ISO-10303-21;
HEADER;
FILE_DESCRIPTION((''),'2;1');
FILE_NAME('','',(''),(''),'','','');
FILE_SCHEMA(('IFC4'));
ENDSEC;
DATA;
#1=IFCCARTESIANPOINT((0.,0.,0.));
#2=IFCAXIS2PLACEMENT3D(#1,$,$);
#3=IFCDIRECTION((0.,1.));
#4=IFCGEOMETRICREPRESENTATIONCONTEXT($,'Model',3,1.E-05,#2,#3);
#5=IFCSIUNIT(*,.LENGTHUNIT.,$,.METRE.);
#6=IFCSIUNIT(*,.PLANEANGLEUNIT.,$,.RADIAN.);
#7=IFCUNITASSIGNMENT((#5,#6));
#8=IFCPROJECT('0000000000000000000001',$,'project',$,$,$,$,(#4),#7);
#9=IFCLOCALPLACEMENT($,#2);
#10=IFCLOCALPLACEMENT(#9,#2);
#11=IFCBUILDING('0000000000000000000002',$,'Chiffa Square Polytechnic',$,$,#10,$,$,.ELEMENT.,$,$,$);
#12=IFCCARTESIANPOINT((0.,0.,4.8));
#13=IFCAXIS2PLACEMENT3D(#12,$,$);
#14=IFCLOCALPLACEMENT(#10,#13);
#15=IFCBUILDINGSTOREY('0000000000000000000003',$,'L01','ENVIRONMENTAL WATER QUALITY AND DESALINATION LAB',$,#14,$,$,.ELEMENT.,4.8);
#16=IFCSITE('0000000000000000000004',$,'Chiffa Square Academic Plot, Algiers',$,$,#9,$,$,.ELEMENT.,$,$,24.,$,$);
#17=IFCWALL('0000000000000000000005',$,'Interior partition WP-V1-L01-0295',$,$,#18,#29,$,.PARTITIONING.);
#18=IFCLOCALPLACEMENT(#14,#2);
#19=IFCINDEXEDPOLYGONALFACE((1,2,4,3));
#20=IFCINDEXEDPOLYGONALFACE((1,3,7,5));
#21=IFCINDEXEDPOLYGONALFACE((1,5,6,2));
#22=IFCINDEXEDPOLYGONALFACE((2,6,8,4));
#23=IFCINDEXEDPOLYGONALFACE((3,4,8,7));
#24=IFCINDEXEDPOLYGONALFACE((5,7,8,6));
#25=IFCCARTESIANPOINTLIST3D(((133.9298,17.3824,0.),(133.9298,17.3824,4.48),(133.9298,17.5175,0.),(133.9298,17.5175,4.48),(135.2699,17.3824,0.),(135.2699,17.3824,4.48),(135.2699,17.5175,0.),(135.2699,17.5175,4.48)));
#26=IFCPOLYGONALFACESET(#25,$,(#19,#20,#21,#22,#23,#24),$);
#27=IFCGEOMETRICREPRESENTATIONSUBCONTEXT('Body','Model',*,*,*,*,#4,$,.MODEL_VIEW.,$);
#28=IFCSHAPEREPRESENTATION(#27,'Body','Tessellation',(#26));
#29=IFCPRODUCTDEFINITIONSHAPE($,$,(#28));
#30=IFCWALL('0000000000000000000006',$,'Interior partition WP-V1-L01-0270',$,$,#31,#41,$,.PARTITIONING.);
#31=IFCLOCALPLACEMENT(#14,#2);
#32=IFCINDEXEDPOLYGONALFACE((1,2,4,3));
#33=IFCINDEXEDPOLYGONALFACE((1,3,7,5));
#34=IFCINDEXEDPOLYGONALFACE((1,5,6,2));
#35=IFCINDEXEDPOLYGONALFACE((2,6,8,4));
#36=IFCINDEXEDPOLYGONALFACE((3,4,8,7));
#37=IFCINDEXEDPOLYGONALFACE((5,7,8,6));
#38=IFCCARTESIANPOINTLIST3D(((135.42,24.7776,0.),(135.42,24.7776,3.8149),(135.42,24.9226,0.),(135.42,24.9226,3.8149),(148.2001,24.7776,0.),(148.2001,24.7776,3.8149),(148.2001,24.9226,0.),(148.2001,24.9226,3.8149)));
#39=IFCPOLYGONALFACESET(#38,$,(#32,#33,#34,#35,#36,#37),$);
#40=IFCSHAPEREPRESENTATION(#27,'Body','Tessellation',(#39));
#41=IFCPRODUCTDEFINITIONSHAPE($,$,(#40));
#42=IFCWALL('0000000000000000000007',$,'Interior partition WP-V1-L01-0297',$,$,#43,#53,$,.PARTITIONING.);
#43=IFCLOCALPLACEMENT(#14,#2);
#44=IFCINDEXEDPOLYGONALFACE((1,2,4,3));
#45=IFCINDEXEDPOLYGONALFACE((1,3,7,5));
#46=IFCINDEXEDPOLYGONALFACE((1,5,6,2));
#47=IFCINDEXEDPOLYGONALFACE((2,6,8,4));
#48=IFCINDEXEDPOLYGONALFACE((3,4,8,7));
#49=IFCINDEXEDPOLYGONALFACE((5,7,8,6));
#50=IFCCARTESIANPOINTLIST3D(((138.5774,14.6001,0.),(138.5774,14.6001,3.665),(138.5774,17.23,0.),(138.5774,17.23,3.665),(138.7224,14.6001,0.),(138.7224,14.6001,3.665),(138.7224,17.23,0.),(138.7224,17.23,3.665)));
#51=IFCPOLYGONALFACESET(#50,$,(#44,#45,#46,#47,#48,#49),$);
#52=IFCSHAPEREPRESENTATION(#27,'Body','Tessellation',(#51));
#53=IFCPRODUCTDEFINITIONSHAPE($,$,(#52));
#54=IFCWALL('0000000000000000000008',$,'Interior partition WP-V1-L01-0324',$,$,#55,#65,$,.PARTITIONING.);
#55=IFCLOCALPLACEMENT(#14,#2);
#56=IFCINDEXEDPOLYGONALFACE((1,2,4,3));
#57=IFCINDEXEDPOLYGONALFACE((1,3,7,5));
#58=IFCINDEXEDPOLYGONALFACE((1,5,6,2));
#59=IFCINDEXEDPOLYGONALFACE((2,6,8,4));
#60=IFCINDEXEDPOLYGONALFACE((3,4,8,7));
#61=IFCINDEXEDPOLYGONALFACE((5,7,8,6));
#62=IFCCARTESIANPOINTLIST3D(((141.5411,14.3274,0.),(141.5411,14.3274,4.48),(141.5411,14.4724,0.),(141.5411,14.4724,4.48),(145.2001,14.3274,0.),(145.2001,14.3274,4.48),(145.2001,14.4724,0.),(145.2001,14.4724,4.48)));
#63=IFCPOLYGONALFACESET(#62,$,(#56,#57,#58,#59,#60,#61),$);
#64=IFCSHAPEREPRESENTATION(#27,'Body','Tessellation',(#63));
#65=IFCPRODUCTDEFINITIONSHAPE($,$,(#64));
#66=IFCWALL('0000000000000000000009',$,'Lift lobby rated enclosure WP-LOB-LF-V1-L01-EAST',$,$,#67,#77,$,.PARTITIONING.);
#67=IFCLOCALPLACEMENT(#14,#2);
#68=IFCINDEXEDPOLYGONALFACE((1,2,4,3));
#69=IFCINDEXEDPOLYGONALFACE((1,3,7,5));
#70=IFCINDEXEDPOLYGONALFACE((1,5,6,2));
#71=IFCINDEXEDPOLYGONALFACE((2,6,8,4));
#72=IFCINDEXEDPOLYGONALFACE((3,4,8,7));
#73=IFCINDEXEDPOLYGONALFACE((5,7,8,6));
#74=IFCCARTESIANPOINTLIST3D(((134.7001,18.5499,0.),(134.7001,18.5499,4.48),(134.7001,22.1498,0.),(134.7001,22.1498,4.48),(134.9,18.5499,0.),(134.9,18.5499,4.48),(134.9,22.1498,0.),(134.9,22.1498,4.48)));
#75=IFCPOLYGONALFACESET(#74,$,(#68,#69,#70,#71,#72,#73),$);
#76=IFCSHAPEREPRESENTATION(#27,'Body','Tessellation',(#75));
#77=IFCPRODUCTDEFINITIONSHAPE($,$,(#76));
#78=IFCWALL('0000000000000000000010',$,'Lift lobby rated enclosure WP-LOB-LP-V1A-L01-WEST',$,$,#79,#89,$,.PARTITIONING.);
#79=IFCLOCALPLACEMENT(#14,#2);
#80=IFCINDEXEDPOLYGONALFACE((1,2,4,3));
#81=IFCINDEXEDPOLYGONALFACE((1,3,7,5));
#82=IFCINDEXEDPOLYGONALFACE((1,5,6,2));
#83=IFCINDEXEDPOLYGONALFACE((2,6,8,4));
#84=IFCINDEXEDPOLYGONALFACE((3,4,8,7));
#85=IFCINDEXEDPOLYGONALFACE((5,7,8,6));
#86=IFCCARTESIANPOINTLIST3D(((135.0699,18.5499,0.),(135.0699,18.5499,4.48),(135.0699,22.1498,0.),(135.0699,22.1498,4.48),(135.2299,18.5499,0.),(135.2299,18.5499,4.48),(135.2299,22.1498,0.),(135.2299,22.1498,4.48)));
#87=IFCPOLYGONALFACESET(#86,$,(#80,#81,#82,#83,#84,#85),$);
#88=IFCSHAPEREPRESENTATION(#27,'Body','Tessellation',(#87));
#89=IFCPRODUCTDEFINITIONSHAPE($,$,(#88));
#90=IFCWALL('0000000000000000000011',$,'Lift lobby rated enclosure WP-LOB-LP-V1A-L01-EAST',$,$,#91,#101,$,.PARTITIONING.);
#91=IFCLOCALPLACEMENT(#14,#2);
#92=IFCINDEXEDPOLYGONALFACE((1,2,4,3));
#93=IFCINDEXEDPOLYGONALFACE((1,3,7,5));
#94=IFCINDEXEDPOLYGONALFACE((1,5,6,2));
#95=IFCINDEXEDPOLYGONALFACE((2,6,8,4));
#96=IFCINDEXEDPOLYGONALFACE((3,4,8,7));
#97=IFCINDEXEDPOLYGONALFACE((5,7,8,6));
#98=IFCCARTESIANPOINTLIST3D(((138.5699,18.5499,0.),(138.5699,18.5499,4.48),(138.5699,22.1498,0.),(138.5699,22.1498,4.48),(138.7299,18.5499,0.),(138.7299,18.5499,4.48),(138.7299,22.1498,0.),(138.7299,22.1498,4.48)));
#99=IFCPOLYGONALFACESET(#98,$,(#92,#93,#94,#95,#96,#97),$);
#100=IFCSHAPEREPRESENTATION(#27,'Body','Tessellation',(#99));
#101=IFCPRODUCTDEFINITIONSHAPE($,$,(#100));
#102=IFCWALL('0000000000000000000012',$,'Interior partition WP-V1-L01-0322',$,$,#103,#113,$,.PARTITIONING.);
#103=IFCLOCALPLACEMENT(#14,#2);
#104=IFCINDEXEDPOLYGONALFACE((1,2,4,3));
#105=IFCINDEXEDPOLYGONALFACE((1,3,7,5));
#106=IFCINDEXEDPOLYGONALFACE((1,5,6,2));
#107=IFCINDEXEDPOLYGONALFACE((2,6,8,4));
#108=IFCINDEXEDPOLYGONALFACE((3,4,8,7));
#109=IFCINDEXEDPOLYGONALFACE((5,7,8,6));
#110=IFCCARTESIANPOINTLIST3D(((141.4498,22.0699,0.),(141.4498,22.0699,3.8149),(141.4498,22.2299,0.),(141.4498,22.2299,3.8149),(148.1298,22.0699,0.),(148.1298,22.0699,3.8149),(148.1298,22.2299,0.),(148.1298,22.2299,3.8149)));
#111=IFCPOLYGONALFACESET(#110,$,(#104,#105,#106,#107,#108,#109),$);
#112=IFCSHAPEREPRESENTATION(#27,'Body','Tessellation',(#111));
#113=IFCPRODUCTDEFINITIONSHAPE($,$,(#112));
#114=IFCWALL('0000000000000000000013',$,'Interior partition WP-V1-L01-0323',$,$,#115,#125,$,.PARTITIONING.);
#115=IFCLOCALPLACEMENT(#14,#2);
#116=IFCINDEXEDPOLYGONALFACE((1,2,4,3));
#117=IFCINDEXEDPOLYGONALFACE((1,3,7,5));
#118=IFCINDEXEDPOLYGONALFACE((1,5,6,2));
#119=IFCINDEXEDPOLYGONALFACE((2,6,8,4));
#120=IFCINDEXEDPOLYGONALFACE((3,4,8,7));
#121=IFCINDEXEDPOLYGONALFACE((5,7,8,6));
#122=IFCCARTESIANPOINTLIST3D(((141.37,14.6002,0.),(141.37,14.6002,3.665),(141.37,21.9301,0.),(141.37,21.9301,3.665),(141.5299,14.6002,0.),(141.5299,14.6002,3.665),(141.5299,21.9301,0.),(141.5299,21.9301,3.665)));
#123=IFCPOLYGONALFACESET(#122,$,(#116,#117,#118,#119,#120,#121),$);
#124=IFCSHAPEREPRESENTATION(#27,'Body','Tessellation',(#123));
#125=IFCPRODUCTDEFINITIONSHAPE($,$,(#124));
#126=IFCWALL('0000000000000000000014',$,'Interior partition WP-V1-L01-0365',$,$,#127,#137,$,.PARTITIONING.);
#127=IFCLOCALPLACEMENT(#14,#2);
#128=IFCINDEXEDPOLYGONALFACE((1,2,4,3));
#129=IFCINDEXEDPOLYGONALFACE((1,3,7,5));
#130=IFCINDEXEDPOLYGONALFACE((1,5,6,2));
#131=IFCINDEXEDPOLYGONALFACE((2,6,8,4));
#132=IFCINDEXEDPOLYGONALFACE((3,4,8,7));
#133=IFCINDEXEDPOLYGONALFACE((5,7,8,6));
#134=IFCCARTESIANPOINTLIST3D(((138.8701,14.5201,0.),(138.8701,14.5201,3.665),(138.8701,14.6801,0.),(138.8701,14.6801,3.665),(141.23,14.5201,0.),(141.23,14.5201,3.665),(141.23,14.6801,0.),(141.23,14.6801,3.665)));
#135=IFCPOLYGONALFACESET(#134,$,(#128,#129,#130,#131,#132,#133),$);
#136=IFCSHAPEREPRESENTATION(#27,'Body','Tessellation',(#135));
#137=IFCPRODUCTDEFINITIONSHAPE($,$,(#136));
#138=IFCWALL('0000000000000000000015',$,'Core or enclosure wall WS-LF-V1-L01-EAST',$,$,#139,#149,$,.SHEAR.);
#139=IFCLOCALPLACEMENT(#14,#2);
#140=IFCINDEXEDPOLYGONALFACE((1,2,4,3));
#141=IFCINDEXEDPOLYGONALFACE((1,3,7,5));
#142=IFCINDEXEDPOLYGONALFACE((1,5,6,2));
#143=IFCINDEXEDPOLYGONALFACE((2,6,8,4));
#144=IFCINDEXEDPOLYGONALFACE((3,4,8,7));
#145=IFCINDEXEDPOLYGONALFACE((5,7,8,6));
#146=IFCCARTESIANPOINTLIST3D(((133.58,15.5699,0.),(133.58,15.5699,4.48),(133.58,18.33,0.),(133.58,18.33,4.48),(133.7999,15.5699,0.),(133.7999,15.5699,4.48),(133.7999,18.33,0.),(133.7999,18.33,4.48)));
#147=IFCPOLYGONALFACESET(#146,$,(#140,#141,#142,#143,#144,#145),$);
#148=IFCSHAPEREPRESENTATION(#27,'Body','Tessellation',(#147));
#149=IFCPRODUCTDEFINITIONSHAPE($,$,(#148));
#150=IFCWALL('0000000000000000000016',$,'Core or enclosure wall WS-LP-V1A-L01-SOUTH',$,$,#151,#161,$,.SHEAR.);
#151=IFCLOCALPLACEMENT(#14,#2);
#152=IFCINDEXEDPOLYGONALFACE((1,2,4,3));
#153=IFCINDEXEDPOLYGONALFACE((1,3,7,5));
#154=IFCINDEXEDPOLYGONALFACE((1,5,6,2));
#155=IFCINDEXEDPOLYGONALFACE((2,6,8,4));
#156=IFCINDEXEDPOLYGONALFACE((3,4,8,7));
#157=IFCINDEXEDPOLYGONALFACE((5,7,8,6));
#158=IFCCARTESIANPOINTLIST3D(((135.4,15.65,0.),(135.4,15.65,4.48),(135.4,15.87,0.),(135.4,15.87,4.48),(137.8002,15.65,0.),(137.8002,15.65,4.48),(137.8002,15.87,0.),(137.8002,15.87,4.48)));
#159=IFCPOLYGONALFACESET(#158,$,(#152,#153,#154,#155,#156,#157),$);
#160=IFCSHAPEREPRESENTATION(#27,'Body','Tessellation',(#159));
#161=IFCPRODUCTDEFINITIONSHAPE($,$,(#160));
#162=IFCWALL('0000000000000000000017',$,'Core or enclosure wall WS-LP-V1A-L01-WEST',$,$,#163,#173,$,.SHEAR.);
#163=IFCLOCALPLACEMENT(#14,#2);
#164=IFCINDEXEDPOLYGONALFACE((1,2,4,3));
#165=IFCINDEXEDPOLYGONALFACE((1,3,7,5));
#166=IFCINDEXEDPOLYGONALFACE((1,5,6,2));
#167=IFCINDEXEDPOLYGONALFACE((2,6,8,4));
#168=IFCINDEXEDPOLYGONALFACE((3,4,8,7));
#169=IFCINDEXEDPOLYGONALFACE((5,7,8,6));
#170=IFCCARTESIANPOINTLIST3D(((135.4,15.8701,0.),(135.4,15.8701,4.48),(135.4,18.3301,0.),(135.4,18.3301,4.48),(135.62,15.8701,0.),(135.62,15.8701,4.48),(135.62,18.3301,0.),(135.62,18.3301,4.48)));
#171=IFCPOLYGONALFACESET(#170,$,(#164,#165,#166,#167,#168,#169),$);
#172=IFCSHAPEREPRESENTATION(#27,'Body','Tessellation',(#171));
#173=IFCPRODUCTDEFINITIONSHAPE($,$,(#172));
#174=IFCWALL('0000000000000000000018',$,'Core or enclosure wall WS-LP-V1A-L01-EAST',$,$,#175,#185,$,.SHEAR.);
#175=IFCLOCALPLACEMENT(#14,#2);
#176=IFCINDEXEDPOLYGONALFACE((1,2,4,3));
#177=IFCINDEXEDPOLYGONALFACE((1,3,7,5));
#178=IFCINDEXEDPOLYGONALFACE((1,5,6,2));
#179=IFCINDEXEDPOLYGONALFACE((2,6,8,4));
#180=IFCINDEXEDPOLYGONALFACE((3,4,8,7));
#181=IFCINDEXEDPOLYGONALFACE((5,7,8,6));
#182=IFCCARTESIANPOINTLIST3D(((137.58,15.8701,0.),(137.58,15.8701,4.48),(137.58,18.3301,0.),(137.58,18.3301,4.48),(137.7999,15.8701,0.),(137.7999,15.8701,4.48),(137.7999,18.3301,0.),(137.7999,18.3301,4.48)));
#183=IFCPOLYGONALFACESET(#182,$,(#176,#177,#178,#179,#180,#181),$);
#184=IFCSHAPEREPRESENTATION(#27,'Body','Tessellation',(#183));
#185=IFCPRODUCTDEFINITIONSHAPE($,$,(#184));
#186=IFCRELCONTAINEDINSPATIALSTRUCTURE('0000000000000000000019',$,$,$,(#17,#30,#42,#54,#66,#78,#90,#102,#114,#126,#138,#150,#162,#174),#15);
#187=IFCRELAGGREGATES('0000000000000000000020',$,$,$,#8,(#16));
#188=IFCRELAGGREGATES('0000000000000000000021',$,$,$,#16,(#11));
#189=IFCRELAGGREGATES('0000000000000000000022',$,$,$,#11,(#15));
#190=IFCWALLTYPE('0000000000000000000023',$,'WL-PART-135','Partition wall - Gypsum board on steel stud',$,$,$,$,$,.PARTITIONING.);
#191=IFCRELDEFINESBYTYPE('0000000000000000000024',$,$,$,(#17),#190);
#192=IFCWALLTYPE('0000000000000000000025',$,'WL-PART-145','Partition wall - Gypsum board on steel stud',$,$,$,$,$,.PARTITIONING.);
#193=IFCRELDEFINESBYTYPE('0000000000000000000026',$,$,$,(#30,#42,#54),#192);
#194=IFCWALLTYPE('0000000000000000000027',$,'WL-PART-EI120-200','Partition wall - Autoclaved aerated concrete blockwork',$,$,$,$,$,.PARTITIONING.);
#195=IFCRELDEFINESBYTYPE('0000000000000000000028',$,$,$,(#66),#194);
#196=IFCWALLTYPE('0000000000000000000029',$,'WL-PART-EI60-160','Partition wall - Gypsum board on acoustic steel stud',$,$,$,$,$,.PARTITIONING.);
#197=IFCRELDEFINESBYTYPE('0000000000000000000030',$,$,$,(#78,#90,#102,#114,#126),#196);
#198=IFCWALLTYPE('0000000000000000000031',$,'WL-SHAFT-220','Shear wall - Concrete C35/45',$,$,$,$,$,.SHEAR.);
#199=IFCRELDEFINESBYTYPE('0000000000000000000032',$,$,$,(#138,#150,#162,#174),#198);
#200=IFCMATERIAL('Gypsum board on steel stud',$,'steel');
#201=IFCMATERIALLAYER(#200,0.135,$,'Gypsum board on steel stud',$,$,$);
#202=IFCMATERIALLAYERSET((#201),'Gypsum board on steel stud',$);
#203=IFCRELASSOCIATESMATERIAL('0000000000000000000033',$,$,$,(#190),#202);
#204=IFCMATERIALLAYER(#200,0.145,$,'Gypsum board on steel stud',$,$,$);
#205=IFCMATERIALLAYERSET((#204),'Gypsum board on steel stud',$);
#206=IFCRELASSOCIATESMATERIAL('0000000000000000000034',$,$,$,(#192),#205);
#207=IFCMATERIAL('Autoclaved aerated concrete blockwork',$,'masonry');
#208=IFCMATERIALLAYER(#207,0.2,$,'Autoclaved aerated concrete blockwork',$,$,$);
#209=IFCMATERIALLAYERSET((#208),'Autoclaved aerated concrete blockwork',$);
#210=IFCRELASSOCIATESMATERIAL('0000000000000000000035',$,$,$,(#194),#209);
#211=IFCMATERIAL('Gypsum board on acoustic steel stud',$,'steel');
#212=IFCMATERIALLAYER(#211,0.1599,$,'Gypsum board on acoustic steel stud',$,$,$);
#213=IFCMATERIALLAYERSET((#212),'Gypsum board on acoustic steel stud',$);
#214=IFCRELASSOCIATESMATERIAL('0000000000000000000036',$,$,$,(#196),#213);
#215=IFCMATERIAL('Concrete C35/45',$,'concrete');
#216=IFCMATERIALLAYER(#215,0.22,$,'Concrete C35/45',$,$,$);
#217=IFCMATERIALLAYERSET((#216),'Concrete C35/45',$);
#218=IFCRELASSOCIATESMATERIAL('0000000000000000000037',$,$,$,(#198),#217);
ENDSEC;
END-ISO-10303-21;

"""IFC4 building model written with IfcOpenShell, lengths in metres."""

from ifc_helpers import new_model, si_unit, direction, frame, frame_2d, origin, place, context, subcontext, project, spatial, rectangle, extrude, material, layer, layer_set, type_object, element, save


model = new_model("IFC4")

# Units and contexts
model_context = context("Model", 3, precision=1e-05, world=origin(), true_north=direction((0.0, 1.0)))
body_context = subcontext(model_context, "Body", "Model", "MODEL_VIEW")
ifc_project = project(units=[si_unit("LENGTHUNIT", "METRE"), si_unit("PLANEANGLEUNIT", "RADIAN")], contexts=[model_context])

# Site, building, storey
site_placement = place(None, origin())
site = spatial("IfcSite", under=ifc_project, at=site_placement, Name="Chiffa Square Academic Plot, Algiers", CompositionType="ELEMENT", RefElevation=24.0)
building_placement = place(site_placement, origin())
building = spatial("IfcBuilding", under=site, at=building_placement, Name="Chiffa Square Polytechnic", CompositionType="ELEMENT")
storey_placement = place(building_placement, frame((0.0, 0.0, 4.8)))
storey = spatial("IfcBuildingStorey", under=building, at=storey_placement, Name="L01", Description="ENVIRONMENTAL WATER QUALITY AND DESALINATION LAB", CompositionType="ELEMENT", Elevation=4.8)

# Shared definitions
ifc_material_1 = material(Name="Concrete C35/45", Category="concrete")

# Shared definitions
ifc_material_2 = material(Name="Gypsum board on steel stud", Category="steel")

# Walls
ifc_layer_1 = layer(ifc_material_2, 0.135, Name="Gypsum board on steel stud")
ifc_layer_set_1 = layer_set([ifc_layer_1], Name="Gypsum board on steel stud")
wall_type_1 = type_object("IfcWallType", Name="WL-PART-135", Description="Partition wall - Gypsum board on steel stud", PredefinedType="PARTITIONING", material=ifc_layer_set_1)
wall_1_placement = place(storey_placement, frame((133.9299, 17.45, 0.0), z_axis=(0.0, 0.0, 1.0), x_axis=(1.0, 0.0, 0.0)))
element("IfcWall", 1, at=wall_1_placement, inside=storey, type_object=wall_type_1, Name="Interior partition WP-V1-L01-0295", PredefinedType="PARTITIONING", context=body_context, shape_type="SweptSolid", body=[
    extrude(rectangle(XDim=1.3401, YDim=0.135, at=frame_2d((0.6699, 0.0))), origin(), (0.0, 0.0, 1.0), 4.48),
])
ifc_layer_2 = layer(ifc_material_2, 0.145, Name="Gypsum board on steel stud")
ifc_layer_set_2 = layer_set([ifc_layer_2], Name="Gypsum board on steel stud")
wall_type_2 = type_object("IfcWallType", Name="WL-PART-145", Description="Partition wall - Gypsum board on steel stud", PredefinedType="PARTITIONING", material=ifc_layer_set_2)
wall_2_placement = place(storey_placement, frame((135.4199, 24.8501, 0.0), z_axis=(0.0, 0.0, 1.0), x_axis=(1.0, 0.0, 0.0)))
element("IfcWall", 2, at=wall_2_placement, inside=storey, type_object=wall_type_2, Name="Interior partition WP-V1-L01-0270", PredefinedType="PARTITIONING", context=body_context, shape_type="SweptSolid", body=[
    extrude(rectangle(XDim=12.78, YDim=0.145, at=frame_2d((6.3901, 0.0))), origin(), (0.0, 0.0, 1.0), 3.8149),
])
wall_3_placement = place(storey_placement, frame((138.6499, 14.6001, 0.0), z_axis=(0.0, 0.0, 1.0), x_axis=(0.0, 1.0, 0.0)))
element("IfcWall", 3, at=wall_3_placement, inside=storey, type_object=wall_type_2, Name="Interior partition WP-V1-L01-0297", PredefinedType="PARTITIONING", context=body_context, shape_type="SweptSolid", body=[
    extrude(rectangle(XDim=2.6299, YDim=0.145, at=frame_2d((1.3149, 0.0))), origin(), (0.0, 0.0, 1.0), 3.665),
])
wall_4_placement = place(storey_placement, frame((141.541, 14.3999, 0.0), z_axis=(0.0, 0.0, 1.0), x_axis=(1.0, 0.0, 0.0)))
element("IfcWall", 4, at=wall_4_placement, inside=storey, type_object=wall_type_2, Name="Interior partition WP-V1-L01-0324", PredefinedType="PARTITIONING", context=body_context, shape_type="SweptSolid", body=[
    extrude(rectangle(XDim=3.6589, YDim=0.145, at=frame_2d((1.8296, 0.0))), origin(), (0.0, 0.0, 1.0), 4.48),
])
ifc_material_3 = material(Name="Autoclaved aerated concrete blockwork", Category="masonry")
ifc_layer_3 = layer(ifc_material_3, 0.2, Name="Autoclaved aerated concrete blockwork")
ifc_layer_set_3 = layer_set([ifc_layer_3], Name="Autoclaved aerated concrete blockwork")
wall_type_3 = type_object("IfcWallType", Name="WL-PART-EI120-200", Description="Partition wall - Autoclaved aerated concrete blockwork", PredefinedType="PARTITIONING", material=ifc_layer_set_3)
wall_5_placement = place(storey_placement, frame((134.8, 18.55, 0.0), z_axis=(0.0, 0.0, 1.0), x_axis=(0.0, 1.0, 0.0)))
element("IfcWall", 5, at=wall_5_placement, inside=storey, type_object=wall_type_3, Name="Lift lobby rated enclosure WP-LOB-LF-V1-L01-EAST", PredefinedType="PARTITIONING", context=body_context, shape_type="SweptSolid", body=[
    extrude(rectangle(XDim=3.5999, YDim=0.2, at=frame_2d((1.7998, 0.0))), origin(), (0.0, 0.0, 1.0), 4.48),
])

# Shared definitions
ifc_material_4 = material(Name="Gypsum board on acoustic steel stud", Category="steel")
ifc_layer_4 = layer(ifc_material_4, 0.1599, Name="Gypsum board on acoustic steel stud")
ifc_layer_set_4 = layer_set([ifc_layer_4], Name="Gypsum board on acoustic steel stud")
wall_type_4 = type_object("IfcWallType", Name="WL-PART-EI60-160", Description="Partition wall - Gypsum board on acoustic steel stud", PredefinedType="PARTITIONING", material=ifc_layer_set_4)

# Walls
for number, where, z_axis, x_axis, name in (
    (6, (135.1499, 18.55, 0.0), (0.0, 0.0, 1.0), (0.0, 1.0, 0.0), "Lift lobby rated enclosure WP-LOB-LP-V1A-L01-WEST"),
    (7, (138.6499, 18.55, 0.0), (0.0, 0.0, 1.0), (0.0, 1.0, 0.0), "Lift lobby rated enclosure WP-LOB-LP-V1A-L01-EAST"),
):
    element("IfcWall", number, at=place(storey_placement, frame(where, z_axis=z_axis, x_axis=x_axis)), inside=storey, type_object=wall_type_4, Name=name, PredefinedType="PARTITIONING", context=body_context, shape_type="SweptSolid", body=[
        extrude(rectangle(XDim=3.5999, YDim=0.1599, at=frame_2d((1.7998, 0.0))), origin(), (0.0, 0.0, 1.0), 4.48),
    ])
wall_6_placement = place(storey_placement, frame((141.45, 22.1499, 0.0), z_axis=(0.0, 0.0, 1.0), x_axis=(1.0, 0.0, 0.0)))
element("IfcWall", 8, at=wall_6_placement, inside=storey, type_object=wall_type_4, Name="Interior partition WP-V1-L01-0322", PredefinedType="PARTITIONING", context=body_context, shape_type="SweptSolid", body=[
    extrude(rectangle(XDim=6.6799, YDim=0.1599, at=frame_2d((3.3398, 0.0))), origin(), (0.0, 0.0, 1.0), 3.8149),
])
wall_7_placement = place(storey_placement, frame((141.45, 14.6001, 0.0), z_axis=(0.0, 0.0, 1.0), x_axis=(0.0, 1.0, 0.0)))
element("IfcWall", 9, at=wall_7_placement, inside=storey, type_object=wall_type_4, Name="Interior partition WP-V1-L01-0323", PredefinedType="PARTITIONING", context=body_context, shape_type="SweptSolid", body=[
    extrude(rectangle(XDim=7.3298, YDim=0.1599, at=frame_2d((3.665, 0.0))), origin(), (0.0, 0.0, 1.0), 3.665),
])
wall_8_placement = place(storey_placement, frame((138.8701, 14.6001, 0.0), z_axis=(0.0, 0.0, 1.0), x_axis=(1.0, 0.0, 0.0)))
element("IfcWall", 10, at=wall_8_placement, inside=storey, type_object=wall_type_4, Name="Interior partition WP-V1-L01-0365", PredefinedType="PARTITIONING", context=body_context, shape_type="SweptSolid", body=[
    extrude(rectangle(XDim=2.3599, YDim=0.1599, at=frame_2d((1.1799, 0.0))), origin(), (0.0, 0.0, 1.0), 3.665),
])
ifc_layer_5 = layer(ifc_material_1, 0.22, Name="Concrete C35/45")
ifc_layer_set_5 = layer_set([ifc_layer_5], Name="Concrete C35/45")
wall_type_5 = type_object("IfcWallType", Name="WL-SHAFT-220", Description="Shear wall - Concrete C35/45", PredefinedType="SHEAR", material=ifc_layer_set_5)
wall_9_placement = place(storey_placement, frame((133.6899, 15.5701, 0.0), z_axis=(0.0, 0.0, 1.0), x_axis=(0.0, 1.0, 0.0)))
element("IfcWall", 11, at=wall_9_placement, inside=storey, type_object=wall_type_5, Name="Core or enclosure wall WS-LF-V1-L01-EAST", PredefinedType="SHEAR", context=body_context, shape_type="SweptSolid", body=[
    extrude(rectangle(XDim=2.76, YDim=0.22, at=frame_2d((1.3799, 0.0))), origin(), (0.0, 0.0, 1.0), 4.48),
])
wall_10_placement = place(storey_placement, frame((135.3999, 15.76, 0.0), z_axis=(0.0, 0.0, 1.0), x_axis=(1.0, 0.0, 0.0)))
element("IfcWall", 12, at=wall_10_placement, inside=storey, type_object=wall_type_5, Name="Core or enclosure wall WS-LP-V1A-L01-SOUTH", PredefinedType="SHEAR", context=body_context, shape_type="SweptSolid", body=[
    extrude(rectangle(XDim=2.4001, YDim=0.22, at=frame_2d((1.2002, 0.0))), origin(), (0.0, 0.0, 1.0), 4.48),
])

# Walls
for number, where, z_axis, x_axis, name in (
    (13, (135.51, 15.8701, 0.0), (0.0, 0.0, 1.0), (0.0, 1.0, 0.0), "Core or enclosure wall WS-LP-V1A-L01-WEST"),
    (14, (137.6899, 15.8701, 0.0), (0.0, 0.0, 1.0), (0.0, 1.0, 0.0), "Core or enclosure wall WS-LP-V1A-L01-EAST"),
):
    element("IfcWall", number, at=place(storey_placement, frame(where, z_axis=z_axis, x_axis=x_axis)), inside=storey, type_object=wall_type_5, Name=name, PredefinedType="SHEAR", context=body_context, shape_type="SweptSolid", body=[
        extrude(rectangle(XDim=2.46, YDim=0.22, at=frame_2d((1.23, 0.0))), origin(), (0.0, 0.0, 1.0), 4.48),
    ])

save(model, "model.ifc")
